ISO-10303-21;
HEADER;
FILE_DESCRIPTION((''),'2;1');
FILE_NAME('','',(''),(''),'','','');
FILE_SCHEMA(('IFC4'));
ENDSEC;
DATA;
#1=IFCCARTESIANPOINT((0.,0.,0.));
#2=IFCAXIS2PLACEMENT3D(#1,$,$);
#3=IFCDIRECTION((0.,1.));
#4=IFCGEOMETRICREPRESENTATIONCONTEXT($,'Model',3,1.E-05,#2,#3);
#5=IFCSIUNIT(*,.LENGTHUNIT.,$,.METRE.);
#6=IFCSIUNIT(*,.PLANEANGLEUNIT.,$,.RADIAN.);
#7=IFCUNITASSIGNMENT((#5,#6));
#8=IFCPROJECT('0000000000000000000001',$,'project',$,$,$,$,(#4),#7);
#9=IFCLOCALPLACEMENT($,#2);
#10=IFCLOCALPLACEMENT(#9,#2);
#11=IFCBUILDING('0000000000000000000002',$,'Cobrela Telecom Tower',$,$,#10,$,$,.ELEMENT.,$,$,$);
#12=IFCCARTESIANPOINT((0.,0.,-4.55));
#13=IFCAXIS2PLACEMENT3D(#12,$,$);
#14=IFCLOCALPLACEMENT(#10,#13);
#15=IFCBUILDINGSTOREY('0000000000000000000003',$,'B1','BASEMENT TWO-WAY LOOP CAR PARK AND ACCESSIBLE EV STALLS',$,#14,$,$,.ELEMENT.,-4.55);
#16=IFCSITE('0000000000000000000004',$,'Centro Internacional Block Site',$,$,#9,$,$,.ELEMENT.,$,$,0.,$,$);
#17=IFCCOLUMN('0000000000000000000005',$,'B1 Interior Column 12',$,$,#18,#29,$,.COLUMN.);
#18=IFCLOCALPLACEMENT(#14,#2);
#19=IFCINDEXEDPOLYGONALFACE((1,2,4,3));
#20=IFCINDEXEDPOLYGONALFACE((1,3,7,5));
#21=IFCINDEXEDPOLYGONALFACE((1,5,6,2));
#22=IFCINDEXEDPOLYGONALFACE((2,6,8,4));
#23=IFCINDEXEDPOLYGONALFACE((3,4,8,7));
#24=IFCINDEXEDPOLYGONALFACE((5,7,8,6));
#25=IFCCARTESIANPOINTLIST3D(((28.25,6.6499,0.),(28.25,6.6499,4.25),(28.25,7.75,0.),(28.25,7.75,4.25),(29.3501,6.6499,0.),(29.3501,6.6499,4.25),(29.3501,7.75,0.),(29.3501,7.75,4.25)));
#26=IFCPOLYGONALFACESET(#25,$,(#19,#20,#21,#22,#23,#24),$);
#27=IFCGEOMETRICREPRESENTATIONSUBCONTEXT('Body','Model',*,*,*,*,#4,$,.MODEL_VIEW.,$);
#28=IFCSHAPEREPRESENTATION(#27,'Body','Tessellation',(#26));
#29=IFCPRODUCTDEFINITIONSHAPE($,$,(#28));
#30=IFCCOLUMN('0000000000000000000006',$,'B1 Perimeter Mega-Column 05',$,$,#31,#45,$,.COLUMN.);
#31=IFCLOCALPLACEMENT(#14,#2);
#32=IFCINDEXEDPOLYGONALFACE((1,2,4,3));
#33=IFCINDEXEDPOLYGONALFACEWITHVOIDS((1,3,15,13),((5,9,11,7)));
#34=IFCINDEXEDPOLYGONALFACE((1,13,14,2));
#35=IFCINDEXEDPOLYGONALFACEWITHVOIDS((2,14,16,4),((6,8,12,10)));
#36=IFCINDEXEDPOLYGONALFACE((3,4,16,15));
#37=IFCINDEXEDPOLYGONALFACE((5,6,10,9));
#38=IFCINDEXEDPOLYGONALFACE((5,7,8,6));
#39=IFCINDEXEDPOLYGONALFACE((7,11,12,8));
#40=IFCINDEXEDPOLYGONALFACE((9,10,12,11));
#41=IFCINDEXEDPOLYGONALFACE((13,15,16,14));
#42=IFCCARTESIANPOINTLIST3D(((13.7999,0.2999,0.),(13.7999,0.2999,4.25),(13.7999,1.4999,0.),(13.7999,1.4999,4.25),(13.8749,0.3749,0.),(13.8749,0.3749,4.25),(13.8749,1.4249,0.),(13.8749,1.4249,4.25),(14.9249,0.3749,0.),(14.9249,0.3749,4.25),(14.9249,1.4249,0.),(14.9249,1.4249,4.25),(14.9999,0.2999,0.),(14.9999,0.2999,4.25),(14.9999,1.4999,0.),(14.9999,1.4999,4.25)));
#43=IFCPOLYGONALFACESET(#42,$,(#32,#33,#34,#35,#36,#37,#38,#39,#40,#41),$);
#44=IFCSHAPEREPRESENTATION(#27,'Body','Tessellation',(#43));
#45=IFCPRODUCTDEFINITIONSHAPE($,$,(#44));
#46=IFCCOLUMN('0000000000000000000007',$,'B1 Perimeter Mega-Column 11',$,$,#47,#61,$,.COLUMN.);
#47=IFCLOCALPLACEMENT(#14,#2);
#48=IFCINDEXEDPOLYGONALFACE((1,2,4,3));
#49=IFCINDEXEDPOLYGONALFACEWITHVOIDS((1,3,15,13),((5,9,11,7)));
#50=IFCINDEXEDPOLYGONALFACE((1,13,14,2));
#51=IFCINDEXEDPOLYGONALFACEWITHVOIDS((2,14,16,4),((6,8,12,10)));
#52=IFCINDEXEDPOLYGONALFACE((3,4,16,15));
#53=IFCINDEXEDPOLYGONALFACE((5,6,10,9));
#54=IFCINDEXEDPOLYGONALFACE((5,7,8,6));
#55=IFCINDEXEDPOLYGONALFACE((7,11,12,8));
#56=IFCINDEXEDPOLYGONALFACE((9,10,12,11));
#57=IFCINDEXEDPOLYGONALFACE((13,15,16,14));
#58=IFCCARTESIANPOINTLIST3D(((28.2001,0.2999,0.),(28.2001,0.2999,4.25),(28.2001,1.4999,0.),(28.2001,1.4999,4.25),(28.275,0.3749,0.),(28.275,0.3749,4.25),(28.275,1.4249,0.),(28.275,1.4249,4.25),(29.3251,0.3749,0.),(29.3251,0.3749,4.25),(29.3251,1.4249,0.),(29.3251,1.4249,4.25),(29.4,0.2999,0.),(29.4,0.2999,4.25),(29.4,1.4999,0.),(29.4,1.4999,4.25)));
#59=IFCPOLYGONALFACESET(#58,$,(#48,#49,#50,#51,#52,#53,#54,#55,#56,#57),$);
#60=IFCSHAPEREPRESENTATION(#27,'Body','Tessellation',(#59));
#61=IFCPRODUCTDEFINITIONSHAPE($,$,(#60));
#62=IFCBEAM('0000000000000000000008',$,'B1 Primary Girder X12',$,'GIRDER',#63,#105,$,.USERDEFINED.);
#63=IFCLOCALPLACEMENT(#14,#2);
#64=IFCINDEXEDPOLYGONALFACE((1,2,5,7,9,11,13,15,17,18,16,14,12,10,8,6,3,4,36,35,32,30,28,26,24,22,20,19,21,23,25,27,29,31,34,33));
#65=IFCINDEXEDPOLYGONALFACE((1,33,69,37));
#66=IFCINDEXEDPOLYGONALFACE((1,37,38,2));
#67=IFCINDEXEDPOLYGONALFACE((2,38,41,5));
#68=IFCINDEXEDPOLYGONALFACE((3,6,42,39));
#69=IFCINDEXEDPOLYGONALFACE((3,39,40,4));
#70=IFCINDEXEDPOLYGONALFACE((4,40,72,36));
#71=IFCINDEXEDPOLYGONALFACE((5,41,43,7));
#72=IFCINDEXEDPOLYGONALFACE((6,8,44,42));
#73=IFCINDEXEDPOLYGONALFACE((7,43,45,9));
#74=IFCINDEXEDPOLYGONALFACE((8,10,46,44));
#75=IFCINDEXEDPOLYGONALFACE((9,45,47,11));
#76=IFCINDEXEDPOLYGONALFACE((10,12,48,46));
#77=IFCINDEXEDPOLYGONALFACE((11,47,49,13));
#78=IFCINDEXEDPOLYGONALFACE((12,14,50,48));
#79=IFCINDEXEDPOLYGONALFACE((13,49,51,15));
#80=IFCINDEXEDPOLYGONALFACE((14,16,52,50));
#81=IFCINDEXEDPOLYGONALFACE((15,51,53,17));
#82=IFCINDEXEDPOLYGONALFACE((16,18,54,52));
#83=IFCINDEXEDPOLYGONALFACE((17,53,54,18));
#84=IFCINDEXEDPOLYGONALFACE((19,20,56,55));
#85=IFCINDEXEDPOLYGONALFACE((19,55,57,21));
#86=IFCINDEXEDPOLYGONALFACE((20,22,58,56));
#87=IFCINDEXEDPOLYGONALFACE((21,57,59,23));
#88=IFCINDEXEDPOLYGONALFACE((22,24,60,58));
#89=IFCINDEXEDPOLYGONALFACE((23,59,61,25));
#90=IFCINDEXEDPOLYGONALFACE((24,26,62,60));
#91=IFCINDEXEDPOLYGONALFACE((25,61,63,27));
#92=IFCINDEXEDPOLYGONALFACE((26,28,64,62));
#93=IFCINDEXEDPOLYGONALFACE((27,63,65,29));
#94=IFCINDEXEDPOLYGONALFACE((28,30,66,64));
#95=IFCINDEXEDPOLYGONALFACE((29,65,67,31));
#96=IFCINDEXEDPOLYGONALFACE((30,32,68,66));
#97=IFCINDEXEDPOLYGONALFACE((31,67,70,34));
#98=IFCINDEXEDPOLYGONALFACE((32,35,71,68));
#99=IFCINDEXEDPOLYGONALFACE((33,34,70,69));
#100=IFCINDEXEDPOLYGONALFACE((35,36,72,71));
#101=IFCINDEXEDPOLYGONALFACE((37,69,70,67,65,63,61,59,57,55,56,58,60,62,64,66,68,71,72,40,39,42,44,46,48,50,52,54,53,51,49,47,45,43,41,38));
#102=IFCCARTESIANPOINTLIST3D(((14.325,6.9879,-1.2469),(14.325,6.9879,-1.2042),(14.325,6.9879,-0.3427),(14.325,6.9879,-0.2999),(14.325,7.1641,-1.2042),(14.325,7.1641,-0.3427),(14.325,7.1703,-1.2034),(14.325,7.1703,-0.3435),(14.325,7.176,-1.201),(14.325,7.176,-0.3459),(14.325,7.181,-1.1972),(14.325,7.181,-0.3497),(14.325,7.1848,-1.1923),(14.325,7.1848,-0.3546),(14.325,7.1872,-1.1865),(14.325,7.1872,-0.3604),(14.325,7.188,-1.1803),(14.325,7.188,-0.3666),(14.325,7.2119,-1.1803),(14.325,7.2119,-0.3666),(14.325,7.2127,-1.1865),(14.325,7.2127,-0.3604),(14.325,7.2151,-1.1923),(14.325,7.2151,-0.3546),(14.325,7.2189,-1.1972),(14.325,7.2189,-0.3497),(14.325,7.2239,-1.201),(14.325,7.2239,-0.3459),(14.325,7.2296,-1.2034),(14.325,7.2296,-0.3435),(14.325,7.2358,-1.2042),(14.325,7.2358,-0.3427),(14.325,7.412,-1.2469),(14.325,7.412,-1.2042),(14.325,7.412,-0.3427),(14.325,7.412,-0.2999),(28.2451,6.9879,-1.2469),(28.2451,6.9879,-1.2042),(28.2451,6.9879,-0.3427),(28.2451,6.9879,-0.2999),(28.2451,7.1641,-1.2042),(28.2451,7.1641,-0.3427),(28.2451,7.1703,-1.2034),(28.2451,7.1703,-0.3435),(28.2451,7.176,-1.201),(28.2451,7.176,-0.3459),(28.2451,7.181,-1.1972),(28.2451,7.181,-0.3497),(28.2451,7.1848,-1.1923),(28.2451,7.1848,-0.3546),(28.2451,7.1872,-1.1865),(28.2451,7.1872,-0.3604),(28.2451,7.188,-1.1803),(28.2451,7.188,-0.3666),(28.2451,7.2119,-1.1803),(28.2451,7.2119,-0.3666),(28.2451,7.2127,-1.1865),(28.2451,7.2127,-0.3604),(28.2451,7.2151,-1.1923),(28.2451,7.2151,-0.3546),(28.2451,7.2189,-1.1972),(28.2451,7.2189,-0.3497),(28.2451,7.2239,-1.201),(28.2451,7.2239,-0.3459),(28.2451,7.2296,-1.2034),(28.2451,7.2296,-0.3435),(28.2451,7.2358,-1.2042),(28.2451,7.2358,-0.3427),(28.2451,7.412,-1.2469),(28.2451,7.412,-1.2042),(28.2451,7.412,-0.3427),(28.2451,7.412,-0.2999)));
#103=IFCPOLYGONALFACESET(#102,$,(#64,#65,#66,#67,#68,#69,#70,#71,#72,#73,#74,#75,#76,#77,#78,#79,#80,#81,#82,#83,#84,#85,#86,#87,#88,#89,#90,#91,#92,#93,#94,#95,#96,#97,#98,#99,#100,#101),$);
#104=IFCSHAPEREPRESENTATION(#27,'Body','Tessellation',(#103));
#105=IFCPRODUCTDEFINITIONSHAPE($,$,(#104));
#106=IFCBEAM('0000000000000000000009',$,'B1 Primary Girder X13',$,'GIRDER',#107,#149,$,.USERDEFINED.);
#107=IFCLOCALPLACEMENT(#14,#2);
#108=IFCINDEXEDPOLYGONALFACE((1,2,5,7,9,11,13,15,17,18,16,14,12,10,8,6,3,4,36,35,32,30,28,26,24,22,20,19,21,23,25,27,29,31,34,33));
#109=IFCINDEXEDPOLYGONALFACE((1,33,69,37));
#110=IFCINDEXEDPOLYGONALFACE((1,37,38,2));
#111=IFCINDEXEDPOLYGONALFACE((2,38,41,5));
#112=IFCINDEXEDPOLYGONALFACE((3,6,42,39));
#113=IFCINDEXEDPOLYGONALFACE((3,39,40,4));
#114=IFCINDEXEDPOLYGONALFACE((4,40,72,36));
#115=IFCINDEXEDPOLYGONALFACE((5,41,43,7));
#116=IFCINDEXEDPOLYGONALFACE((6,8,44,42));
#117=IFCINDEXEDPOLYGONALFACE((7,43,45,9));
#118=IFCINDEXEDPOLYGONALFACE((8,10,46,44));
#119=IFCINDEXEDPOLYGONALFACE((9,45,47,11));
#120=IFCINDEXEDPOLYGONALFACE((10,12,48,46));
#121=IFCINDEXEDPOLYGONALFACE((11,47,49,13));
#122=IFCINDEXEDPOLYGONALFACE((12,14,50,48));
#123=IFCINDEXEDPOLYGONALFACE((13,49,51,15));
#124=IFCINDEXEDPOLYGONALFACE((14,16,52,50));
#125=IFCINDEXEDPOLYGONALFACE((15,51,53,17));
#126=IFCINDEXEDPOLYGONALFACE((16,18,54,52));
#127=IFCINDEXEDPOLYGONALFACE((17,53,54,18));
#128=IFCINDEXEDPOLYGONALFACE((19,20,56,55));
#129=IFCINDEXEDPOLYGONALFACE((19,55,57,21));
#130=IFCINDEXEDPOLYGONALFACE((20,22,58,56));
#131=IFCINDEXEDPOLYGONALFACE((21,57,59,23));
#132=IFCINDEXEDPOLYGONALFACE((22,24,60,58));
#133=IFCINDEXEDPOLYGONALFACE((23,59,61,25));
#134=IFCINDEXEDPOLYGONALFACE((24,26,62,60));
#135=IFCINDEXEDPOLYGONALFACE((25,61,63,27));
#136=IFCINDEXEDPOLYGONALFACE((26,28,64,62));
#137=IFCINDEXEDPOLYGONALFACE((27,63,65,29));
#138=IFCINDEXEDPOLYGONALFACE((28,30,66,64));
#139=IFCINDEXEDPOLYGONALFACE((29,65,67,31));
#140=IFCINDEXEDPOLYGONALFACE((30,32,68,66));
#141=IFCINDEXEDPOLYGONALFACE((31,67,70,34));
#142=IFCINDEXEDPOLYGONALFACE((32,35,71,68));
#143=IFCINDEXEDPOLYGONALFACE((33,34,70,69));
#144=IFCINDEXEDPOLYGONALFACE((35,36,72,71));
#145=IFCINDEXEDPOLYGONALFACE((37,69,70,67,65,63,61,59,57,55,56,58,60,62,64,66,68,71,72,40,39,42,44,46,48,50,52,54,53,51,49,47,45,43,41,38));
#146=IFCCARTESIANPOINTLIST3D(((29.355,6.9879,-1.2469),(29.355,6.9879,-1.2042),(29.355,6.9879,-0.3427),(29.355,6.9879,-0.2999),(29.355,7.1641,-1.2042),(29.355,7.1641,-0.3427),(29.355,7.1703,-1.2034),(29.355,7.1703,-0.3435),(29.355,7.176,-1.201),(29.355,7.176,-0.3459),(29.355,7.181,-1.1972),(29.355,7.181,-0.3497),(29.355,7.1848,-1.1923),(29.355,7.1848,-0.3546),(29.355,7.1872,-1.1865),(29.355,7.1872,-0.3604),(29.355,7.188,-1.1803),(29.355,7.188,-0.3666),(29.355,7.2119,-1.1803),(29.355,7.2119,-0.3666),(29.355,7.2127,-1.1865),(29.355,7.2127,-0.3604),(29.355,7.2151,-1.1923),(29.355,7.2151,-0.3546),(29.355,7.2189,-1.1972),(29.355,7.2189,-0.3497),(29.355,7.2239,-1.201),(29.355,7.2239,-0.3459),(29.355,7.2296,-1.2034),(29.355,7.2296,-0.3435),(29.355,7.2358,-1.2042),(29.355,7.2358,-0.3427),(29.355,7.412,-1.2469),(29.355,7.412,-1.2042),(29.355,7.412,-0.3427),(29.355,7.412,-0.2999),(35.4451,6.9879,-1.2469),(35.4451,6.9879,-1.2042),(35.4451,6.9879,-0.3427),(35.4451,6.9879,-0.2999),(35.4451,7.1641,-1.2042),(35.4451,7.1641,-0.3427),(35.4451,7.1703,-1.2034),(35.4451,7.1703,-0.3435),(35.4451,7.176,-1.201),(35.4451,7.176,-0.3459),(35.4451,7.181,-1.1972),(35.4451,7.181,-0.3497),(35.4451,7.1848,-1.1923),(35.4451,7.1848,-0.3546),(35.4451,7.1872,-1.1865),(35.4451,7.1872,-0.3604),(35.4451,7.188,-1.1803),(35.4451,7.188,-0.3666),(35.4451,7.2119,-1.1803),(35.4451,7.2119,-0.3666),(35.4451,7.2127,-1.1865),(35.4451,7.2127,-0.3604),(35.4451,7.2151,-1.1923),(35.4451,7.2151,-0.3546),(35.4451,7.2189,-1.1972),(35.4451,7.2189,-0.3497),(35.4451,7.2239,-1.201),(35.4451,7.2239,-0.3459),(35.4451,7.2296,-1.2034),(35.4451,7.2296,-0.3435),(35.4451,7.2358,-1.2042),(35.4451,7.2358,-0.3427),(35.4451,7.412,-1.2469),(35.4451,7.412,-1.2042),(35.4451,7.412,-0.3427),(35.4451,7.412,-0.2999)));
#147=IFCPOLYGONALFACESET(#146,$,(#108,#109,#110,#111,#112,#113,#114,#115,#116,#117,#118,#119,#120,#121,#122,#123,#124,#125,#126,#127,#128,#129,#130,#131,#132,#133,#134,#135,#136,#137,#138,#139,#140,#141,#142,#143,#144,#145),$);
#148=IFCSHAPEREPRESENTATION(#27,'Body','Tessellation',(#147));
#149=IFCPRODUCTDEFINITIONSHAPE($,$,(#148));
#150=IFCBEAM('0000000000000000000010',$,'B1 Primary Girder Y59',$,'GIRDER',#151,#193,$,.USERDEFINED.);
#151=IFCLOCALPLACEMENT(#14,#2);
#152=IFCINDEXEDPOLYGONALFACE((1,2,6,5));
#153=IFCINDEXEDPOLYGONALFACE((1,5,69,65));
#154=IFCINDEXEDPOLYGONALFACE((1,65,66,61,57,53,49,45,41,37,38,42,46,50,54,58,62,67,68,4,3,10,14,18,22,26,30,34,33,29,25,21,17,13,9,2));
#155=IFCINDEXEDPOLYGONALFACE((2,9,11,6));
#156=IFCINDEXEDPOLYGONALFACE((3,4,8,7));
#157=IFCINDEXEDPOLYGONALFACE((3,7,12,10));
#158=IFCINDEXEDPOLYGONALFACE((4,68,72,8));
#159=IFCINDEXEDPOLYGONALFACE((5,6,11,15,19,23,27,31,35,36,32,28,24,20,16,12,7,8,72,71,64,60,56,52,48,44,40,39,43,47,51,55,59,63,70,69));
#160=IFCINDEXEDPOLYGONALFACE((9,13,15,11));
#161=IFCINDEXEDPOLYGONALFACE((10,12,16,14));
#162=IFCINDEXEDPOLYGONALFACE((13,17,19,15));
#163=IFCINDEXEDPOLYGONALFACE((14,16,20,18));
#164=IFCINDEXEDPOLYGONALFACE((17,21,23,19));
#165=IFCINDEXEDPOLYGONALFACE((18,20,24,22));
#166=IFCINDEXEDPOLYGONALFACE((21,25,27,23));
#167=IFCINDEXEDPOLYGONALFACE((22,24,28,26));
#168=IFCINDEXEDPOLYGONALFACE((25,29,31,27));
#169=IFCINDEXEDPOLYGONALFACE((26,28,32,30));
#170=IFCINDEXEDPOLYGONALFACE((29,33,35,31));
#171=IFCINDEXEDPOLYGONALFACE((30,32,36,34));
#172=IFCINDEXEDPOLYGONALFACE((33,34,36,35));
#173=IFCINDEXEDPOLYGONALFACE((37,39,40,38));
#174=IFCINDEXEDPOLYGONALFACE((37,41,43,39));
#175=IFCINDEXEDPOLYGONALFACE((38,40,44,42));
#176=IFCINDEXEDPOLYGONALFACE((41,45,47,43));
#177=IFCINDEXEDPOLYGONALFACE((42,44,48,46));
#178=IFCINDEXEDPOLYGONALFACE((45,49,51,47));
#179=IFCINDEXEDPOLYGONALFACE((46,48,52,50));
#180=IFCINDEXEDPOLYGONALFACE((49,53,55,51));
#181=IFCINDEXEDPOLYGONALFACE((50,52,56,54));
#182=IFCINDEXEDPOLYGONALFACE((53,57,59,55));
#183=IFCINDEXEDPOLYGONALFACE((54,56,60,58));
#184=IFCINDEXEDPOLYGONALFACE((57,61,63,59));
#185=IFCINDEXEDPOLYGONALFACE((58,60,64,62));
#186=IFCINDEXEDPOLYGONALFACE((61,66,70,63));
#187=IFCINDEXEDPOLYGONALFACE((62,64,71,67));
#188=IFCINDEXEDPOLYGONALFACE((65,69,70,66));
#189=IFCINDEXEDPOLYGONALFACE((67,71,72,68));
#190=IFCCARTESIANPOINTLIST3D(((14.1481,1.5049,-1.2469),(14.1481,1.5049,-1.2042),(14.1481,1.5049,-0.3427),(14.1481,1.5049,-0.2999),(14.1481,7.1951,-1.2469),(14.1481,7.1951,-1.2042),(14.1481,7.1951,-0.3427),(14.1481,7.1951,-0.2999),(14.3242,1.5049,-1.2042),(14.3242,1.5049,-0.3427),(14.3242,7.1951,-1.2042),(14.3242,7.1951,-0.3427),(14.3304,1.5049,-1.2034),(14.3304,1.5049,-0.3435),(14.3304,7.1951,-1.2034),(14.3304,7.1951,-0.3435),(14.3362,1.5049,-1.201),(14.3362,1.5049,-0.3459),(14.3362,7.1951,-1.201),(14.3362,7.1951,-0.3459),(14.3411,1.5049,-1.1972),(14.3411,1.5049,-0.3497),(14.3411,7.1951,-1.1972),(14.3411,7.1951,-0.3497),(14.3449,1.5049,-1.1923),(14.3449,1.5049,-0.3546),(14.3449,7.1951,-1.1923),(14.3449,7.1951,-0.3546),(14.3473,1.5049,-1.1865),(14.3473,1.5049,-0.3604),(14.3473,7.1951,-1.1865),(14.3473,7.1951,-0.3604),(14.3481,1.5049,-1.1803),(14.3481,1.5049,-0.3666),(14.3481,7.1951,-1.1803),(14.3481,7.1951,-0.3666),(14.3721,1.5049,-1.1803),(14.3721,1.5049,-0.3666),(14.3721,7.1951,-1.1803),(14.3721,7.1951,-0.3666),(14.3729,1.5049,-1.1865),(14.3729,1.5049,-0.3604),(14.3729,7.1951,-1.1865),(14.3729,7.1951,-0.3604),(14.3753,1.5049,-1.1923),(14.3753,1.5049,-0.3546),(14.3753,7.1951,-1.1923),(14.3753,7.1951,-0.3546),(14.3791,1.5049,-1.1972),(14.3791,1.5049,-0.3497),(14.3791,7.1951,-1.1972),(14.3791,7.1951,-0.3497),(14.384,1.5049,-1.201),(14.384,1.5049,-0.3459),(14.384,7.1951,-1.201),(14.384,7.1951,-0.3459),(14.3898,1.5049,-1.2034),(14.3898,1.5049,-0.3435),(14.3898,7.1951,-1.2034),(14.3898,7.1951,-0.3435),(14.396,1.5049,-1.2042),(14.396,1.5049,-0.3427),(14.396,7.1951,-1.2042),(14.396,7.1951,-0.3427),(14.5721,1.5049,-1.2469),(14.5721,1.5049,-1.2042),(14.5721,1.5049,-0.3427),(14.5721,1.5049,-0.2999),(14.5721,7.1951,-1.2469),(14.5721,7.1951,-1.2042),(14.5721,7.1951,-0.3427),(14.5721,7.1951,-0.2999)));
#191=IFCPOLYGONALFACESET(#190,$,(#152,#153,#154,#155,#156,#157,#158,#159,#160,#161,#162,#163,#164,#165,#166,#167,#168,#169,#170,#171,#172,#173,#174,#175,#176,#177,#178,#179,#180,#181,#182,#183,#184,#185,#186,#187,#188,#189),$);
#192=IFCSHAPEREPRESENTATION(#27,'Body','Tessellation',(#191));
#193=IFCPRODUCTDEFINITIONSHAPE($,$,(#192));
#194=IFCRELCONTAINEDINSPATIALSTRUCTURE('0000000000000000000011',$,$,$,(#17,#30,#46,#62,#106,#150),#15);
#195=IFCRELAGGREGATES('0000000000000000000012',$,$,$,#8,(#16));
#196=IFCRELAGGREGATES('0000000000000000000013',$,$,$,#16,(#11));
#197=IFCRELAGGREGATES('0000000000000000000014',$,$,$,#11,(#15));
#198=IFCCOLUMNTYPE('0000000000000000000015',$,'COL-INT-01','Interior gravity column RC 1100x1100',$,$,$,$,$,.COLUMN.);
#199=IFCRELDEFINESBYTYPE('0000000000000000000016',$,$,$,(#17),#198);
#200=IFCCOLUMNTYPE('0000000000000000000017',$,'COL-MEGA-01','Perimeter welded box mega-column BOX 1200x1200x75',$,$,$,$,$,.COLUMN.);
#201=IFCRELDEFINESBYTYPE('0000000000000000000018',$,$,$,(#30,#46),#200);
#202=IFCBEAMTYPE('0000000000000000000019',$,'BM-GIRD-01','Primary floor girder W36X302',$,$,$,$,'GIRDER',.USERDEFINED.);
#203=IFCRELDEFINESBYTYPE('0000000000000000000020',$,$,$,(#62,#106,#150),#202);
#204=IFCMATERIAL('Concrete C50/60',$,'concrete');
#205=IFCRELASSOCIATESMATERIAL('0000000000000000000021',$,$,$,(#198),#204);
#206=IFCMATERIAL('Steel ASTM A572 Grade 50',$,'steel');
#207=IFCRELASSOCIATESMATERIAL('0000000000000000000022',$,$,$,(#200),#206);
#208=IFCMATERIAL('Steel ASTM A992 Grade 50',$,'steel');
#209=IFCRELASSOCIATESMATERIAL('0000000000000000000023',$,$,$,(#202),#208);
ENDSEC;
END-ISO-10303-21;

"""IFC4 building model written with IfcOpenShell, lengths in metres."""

from ifc_helpers import new_model, si_unit, direction, frame, origin, origin_2d, place, context, subcontext, project, spatial, rectangle, hollow_rectangle, i_section, extrude, material, material_profile, profile_set, type_object, element, save


model = new_model("IFC4")

# Units and contexts
model_context = context("Model", 3, precision=1e-05, world=origin(), true_north=direction((0.0, 1.0)))
body_context = subcontext(model_context, "Body", "Model", "MODEL_VIEW")
ifc_project = project(units=[si_unit("LENGTHUNIT", "METRE"), si_unit("PLANEANGLEUNIT", "RADIAN")], contexts=[model_context])

# Site, building, storey
site_placement = place(None, origin())
site = spatial("IfcSite", under=ifc_project, at=site_placement, Name="Centro Internacional Block Site", CompositionType="ELEMENT", RefElevation=0.0)
building_placement = place(site_placement, origin())
building = spatial("IfcBuilding", under=site, at=building_placement, Name="Cobrela Telecom Tower", CompositionType="ELEMENT")
storey_placement = place(building_placement, frame((0.0, 0.0, -4.55)))
storey = spatial("IfcBuildingStorey", under=building, at=storey_placement, Name="B1", Description="BASEMENT TWO-WAY LOOP CAR PARK AND ACCESSIBLE EV STALLS", CompositionType="ELEMENT", Elevation=-4.55)

# Columns
ifc_material_1 = material(Name="Concrete C50/60", Category="concrete")
ifc_material_profile_1 = material_profile(ifc_material_1, rectangle(XDim=1.1001, YDim=1.1001, at=origin_2d()), Name="RC 1100x1100")
ifc_profile_set_1 = profile_set([ifc_material_profile_1], Name="Concrete C50/60")
column_type_1 = type_object("IfcColumnType", Name="COL-INT-01", Description="Interior gravity column RC 1100x1100", PredefinedType="COLUMN", material=ifc_profile_set_1)
column_placement = place(storey_placement, frame((28.8, 7.2, 0.0), z_axis=(0.0, 0.0, 1.0), x_axis=(1.0, 0.0, 0.0)))
element("IfcColumn", 1, at=column_placement, inside=storey, type_object=column_type_1, Name="B1 Interior Column 12", PredefinedType="COLUMN", context=body_context, shape_type="SweptSolid", body=[
    extrude(rectangle(XDim=1.1001, YDim=1.1001, at=origin_2d()), origin(), (0.0, 0.0, 1.0), 4.25),
])
ifc_material_2 = material(Name="Steel ASTM A572 Grade 50", Category="steel")
ifc_material_profile_2 = material_profile(ifc_material_2, hollow_rectangle(XDim=1.2, YDim=1.2, WallThickness=0.075, at=origin_2d()), Name="BOX 1200x1200x75")
ifc_profile_set_2 = profile_set([ifc_material_profile_2], Name="Steel ASTM A572 Grade 50")
column_type_2 = type_object("IfcColumnType", Name="COL-MEGA-01", Description="Perimeter welded box mega-column BOX 1200x1200x75", PredefinedType="COLUMN", material=ifc_profile_set_2)
for number, where, z_axis, x_axis, name in (
    (2, (14.3999, 0.8999, 0.0), (0.0, 0.0, 1.0), (1.0, 0.0, 0.0), "B1 Perimeter Mega-Column 05"),
    (3, (28.8, 0.8999, 0.0), (0.0, 0.0, 1.0), (1.0, 0.0, 0.0), "B1 Perimeter Mega-Column 11"),
):
    element("IfcColumn", number, at=place(storey_placement, frame(where, z_axis=z_axis, x_axis=x_axis)), inside=storey, type_object=column_type_2, Name=name, PredefinedType="COLUMN", context=body_context, shape_type="SweptSolid", body=[
        extrude(hollow_rectangle(XDim=1.2, YDim=1.2, WallThickness=0.075, at=origin_2d()), origin(), (0.0, 0.0, 1.0), 4.25),
    ])

# Beams
ifc_material_3 = material(Name="Steel ASTM A992 Grade 50", Category="steel")
ifc_material_profile_3 = material_profile(ifc_material_3, i_section(OverallWidth=0.4241, OverallDepth=0.947, WebThickness=0.0239, FlangeThickness=0.0427, FilletRadius=0.0239, at=origin_2d()), Name="W36X302")
ifc_profile_set_3 = profile_set([ifc_material_profile_3], Name="Steel ASTM A992 Grade 50")
beam_type_1 = type_object("IfcBeamType", Name="BM-GIRD-01", Description="Primary floor girder W36X302", ElementType="GIRDER", PredefinedType="USERDEFINED", material=ifc_profile_set_3)
beam_1_placement = place(storey_placement, frame((14.325, 7.2, -0.7734), z_axis=(1.0, 0.0, 0.0), x_axis=(0.0, 1.0, 0.0)))
element("IfcBeam", 4, at=beam_1_placement, inside=storey, type_object=beam_type_1, Name="B1 Primary Girder X12", ObjectType="GIRDER", PredefinedType="USERDEFINED", context=body_context, shape_type="SweptSolid", body=[
    extrude(i_section(OverallWidth=0.4241, OverallDepth=0.947, WebThickness=0.0239, FlangeThickness=0.0427, FilletRadius=0.0239, at=origin_2d()), origin(), (0.0, 0.0, 1.0), 13.9202),
])
beam_2_placement = place(storey_placement, frame((29.355, 7.2, -0.7734), z_axis=(1.0, 0.0, 0.0), x_axis=(0.0, 1.0, 0.0)))
element("IfcBeam", 5, at=beam_2_placement, inside=storey, type_object=beam_type_1, Name="B1 Primary Girder X13", ObjectType="GIRDER", PredefinedType="USERDEFINED", context=body_context, shape_type="SweptSolid", body=[
    extrude(i_section(OverallWidth=0.4241, OverallDepth=0.947, WebThickness=0.0239, FlangeThickness=0.0427, FilletRadius=0.0239, at=origin_2d()), origin(), (0.0, 0.0, 1.0), 6.0901),
])
beam_3_placement = place(storey_placement, frame((14.3601, 1.5049, -0.7734), z_axis=(0.0, 1.0, 0.0), x_axis=(-1.0, 0.0, 0.0)))
element("IfcBeam", 6, at=beam_3_placement, inside=storey, type_object=beam_type_1, Name="B1 Primary Girder Y59", ObjectType="GIRDER", PredefinedType="USERDEFINED", context=body_context, shape_type="SweptSolid", body=[
    extrude(i_section(OverallWidth=0.4241, OverallDepth=0.947, WebThickness=0.0239, FlangeThickness=0.0427, FilletRadius=0.0239, at=origin_2d()), origin(), (0.0, 0.0, 1.0), 5.6902),
])

save(model, "model.ifc")
